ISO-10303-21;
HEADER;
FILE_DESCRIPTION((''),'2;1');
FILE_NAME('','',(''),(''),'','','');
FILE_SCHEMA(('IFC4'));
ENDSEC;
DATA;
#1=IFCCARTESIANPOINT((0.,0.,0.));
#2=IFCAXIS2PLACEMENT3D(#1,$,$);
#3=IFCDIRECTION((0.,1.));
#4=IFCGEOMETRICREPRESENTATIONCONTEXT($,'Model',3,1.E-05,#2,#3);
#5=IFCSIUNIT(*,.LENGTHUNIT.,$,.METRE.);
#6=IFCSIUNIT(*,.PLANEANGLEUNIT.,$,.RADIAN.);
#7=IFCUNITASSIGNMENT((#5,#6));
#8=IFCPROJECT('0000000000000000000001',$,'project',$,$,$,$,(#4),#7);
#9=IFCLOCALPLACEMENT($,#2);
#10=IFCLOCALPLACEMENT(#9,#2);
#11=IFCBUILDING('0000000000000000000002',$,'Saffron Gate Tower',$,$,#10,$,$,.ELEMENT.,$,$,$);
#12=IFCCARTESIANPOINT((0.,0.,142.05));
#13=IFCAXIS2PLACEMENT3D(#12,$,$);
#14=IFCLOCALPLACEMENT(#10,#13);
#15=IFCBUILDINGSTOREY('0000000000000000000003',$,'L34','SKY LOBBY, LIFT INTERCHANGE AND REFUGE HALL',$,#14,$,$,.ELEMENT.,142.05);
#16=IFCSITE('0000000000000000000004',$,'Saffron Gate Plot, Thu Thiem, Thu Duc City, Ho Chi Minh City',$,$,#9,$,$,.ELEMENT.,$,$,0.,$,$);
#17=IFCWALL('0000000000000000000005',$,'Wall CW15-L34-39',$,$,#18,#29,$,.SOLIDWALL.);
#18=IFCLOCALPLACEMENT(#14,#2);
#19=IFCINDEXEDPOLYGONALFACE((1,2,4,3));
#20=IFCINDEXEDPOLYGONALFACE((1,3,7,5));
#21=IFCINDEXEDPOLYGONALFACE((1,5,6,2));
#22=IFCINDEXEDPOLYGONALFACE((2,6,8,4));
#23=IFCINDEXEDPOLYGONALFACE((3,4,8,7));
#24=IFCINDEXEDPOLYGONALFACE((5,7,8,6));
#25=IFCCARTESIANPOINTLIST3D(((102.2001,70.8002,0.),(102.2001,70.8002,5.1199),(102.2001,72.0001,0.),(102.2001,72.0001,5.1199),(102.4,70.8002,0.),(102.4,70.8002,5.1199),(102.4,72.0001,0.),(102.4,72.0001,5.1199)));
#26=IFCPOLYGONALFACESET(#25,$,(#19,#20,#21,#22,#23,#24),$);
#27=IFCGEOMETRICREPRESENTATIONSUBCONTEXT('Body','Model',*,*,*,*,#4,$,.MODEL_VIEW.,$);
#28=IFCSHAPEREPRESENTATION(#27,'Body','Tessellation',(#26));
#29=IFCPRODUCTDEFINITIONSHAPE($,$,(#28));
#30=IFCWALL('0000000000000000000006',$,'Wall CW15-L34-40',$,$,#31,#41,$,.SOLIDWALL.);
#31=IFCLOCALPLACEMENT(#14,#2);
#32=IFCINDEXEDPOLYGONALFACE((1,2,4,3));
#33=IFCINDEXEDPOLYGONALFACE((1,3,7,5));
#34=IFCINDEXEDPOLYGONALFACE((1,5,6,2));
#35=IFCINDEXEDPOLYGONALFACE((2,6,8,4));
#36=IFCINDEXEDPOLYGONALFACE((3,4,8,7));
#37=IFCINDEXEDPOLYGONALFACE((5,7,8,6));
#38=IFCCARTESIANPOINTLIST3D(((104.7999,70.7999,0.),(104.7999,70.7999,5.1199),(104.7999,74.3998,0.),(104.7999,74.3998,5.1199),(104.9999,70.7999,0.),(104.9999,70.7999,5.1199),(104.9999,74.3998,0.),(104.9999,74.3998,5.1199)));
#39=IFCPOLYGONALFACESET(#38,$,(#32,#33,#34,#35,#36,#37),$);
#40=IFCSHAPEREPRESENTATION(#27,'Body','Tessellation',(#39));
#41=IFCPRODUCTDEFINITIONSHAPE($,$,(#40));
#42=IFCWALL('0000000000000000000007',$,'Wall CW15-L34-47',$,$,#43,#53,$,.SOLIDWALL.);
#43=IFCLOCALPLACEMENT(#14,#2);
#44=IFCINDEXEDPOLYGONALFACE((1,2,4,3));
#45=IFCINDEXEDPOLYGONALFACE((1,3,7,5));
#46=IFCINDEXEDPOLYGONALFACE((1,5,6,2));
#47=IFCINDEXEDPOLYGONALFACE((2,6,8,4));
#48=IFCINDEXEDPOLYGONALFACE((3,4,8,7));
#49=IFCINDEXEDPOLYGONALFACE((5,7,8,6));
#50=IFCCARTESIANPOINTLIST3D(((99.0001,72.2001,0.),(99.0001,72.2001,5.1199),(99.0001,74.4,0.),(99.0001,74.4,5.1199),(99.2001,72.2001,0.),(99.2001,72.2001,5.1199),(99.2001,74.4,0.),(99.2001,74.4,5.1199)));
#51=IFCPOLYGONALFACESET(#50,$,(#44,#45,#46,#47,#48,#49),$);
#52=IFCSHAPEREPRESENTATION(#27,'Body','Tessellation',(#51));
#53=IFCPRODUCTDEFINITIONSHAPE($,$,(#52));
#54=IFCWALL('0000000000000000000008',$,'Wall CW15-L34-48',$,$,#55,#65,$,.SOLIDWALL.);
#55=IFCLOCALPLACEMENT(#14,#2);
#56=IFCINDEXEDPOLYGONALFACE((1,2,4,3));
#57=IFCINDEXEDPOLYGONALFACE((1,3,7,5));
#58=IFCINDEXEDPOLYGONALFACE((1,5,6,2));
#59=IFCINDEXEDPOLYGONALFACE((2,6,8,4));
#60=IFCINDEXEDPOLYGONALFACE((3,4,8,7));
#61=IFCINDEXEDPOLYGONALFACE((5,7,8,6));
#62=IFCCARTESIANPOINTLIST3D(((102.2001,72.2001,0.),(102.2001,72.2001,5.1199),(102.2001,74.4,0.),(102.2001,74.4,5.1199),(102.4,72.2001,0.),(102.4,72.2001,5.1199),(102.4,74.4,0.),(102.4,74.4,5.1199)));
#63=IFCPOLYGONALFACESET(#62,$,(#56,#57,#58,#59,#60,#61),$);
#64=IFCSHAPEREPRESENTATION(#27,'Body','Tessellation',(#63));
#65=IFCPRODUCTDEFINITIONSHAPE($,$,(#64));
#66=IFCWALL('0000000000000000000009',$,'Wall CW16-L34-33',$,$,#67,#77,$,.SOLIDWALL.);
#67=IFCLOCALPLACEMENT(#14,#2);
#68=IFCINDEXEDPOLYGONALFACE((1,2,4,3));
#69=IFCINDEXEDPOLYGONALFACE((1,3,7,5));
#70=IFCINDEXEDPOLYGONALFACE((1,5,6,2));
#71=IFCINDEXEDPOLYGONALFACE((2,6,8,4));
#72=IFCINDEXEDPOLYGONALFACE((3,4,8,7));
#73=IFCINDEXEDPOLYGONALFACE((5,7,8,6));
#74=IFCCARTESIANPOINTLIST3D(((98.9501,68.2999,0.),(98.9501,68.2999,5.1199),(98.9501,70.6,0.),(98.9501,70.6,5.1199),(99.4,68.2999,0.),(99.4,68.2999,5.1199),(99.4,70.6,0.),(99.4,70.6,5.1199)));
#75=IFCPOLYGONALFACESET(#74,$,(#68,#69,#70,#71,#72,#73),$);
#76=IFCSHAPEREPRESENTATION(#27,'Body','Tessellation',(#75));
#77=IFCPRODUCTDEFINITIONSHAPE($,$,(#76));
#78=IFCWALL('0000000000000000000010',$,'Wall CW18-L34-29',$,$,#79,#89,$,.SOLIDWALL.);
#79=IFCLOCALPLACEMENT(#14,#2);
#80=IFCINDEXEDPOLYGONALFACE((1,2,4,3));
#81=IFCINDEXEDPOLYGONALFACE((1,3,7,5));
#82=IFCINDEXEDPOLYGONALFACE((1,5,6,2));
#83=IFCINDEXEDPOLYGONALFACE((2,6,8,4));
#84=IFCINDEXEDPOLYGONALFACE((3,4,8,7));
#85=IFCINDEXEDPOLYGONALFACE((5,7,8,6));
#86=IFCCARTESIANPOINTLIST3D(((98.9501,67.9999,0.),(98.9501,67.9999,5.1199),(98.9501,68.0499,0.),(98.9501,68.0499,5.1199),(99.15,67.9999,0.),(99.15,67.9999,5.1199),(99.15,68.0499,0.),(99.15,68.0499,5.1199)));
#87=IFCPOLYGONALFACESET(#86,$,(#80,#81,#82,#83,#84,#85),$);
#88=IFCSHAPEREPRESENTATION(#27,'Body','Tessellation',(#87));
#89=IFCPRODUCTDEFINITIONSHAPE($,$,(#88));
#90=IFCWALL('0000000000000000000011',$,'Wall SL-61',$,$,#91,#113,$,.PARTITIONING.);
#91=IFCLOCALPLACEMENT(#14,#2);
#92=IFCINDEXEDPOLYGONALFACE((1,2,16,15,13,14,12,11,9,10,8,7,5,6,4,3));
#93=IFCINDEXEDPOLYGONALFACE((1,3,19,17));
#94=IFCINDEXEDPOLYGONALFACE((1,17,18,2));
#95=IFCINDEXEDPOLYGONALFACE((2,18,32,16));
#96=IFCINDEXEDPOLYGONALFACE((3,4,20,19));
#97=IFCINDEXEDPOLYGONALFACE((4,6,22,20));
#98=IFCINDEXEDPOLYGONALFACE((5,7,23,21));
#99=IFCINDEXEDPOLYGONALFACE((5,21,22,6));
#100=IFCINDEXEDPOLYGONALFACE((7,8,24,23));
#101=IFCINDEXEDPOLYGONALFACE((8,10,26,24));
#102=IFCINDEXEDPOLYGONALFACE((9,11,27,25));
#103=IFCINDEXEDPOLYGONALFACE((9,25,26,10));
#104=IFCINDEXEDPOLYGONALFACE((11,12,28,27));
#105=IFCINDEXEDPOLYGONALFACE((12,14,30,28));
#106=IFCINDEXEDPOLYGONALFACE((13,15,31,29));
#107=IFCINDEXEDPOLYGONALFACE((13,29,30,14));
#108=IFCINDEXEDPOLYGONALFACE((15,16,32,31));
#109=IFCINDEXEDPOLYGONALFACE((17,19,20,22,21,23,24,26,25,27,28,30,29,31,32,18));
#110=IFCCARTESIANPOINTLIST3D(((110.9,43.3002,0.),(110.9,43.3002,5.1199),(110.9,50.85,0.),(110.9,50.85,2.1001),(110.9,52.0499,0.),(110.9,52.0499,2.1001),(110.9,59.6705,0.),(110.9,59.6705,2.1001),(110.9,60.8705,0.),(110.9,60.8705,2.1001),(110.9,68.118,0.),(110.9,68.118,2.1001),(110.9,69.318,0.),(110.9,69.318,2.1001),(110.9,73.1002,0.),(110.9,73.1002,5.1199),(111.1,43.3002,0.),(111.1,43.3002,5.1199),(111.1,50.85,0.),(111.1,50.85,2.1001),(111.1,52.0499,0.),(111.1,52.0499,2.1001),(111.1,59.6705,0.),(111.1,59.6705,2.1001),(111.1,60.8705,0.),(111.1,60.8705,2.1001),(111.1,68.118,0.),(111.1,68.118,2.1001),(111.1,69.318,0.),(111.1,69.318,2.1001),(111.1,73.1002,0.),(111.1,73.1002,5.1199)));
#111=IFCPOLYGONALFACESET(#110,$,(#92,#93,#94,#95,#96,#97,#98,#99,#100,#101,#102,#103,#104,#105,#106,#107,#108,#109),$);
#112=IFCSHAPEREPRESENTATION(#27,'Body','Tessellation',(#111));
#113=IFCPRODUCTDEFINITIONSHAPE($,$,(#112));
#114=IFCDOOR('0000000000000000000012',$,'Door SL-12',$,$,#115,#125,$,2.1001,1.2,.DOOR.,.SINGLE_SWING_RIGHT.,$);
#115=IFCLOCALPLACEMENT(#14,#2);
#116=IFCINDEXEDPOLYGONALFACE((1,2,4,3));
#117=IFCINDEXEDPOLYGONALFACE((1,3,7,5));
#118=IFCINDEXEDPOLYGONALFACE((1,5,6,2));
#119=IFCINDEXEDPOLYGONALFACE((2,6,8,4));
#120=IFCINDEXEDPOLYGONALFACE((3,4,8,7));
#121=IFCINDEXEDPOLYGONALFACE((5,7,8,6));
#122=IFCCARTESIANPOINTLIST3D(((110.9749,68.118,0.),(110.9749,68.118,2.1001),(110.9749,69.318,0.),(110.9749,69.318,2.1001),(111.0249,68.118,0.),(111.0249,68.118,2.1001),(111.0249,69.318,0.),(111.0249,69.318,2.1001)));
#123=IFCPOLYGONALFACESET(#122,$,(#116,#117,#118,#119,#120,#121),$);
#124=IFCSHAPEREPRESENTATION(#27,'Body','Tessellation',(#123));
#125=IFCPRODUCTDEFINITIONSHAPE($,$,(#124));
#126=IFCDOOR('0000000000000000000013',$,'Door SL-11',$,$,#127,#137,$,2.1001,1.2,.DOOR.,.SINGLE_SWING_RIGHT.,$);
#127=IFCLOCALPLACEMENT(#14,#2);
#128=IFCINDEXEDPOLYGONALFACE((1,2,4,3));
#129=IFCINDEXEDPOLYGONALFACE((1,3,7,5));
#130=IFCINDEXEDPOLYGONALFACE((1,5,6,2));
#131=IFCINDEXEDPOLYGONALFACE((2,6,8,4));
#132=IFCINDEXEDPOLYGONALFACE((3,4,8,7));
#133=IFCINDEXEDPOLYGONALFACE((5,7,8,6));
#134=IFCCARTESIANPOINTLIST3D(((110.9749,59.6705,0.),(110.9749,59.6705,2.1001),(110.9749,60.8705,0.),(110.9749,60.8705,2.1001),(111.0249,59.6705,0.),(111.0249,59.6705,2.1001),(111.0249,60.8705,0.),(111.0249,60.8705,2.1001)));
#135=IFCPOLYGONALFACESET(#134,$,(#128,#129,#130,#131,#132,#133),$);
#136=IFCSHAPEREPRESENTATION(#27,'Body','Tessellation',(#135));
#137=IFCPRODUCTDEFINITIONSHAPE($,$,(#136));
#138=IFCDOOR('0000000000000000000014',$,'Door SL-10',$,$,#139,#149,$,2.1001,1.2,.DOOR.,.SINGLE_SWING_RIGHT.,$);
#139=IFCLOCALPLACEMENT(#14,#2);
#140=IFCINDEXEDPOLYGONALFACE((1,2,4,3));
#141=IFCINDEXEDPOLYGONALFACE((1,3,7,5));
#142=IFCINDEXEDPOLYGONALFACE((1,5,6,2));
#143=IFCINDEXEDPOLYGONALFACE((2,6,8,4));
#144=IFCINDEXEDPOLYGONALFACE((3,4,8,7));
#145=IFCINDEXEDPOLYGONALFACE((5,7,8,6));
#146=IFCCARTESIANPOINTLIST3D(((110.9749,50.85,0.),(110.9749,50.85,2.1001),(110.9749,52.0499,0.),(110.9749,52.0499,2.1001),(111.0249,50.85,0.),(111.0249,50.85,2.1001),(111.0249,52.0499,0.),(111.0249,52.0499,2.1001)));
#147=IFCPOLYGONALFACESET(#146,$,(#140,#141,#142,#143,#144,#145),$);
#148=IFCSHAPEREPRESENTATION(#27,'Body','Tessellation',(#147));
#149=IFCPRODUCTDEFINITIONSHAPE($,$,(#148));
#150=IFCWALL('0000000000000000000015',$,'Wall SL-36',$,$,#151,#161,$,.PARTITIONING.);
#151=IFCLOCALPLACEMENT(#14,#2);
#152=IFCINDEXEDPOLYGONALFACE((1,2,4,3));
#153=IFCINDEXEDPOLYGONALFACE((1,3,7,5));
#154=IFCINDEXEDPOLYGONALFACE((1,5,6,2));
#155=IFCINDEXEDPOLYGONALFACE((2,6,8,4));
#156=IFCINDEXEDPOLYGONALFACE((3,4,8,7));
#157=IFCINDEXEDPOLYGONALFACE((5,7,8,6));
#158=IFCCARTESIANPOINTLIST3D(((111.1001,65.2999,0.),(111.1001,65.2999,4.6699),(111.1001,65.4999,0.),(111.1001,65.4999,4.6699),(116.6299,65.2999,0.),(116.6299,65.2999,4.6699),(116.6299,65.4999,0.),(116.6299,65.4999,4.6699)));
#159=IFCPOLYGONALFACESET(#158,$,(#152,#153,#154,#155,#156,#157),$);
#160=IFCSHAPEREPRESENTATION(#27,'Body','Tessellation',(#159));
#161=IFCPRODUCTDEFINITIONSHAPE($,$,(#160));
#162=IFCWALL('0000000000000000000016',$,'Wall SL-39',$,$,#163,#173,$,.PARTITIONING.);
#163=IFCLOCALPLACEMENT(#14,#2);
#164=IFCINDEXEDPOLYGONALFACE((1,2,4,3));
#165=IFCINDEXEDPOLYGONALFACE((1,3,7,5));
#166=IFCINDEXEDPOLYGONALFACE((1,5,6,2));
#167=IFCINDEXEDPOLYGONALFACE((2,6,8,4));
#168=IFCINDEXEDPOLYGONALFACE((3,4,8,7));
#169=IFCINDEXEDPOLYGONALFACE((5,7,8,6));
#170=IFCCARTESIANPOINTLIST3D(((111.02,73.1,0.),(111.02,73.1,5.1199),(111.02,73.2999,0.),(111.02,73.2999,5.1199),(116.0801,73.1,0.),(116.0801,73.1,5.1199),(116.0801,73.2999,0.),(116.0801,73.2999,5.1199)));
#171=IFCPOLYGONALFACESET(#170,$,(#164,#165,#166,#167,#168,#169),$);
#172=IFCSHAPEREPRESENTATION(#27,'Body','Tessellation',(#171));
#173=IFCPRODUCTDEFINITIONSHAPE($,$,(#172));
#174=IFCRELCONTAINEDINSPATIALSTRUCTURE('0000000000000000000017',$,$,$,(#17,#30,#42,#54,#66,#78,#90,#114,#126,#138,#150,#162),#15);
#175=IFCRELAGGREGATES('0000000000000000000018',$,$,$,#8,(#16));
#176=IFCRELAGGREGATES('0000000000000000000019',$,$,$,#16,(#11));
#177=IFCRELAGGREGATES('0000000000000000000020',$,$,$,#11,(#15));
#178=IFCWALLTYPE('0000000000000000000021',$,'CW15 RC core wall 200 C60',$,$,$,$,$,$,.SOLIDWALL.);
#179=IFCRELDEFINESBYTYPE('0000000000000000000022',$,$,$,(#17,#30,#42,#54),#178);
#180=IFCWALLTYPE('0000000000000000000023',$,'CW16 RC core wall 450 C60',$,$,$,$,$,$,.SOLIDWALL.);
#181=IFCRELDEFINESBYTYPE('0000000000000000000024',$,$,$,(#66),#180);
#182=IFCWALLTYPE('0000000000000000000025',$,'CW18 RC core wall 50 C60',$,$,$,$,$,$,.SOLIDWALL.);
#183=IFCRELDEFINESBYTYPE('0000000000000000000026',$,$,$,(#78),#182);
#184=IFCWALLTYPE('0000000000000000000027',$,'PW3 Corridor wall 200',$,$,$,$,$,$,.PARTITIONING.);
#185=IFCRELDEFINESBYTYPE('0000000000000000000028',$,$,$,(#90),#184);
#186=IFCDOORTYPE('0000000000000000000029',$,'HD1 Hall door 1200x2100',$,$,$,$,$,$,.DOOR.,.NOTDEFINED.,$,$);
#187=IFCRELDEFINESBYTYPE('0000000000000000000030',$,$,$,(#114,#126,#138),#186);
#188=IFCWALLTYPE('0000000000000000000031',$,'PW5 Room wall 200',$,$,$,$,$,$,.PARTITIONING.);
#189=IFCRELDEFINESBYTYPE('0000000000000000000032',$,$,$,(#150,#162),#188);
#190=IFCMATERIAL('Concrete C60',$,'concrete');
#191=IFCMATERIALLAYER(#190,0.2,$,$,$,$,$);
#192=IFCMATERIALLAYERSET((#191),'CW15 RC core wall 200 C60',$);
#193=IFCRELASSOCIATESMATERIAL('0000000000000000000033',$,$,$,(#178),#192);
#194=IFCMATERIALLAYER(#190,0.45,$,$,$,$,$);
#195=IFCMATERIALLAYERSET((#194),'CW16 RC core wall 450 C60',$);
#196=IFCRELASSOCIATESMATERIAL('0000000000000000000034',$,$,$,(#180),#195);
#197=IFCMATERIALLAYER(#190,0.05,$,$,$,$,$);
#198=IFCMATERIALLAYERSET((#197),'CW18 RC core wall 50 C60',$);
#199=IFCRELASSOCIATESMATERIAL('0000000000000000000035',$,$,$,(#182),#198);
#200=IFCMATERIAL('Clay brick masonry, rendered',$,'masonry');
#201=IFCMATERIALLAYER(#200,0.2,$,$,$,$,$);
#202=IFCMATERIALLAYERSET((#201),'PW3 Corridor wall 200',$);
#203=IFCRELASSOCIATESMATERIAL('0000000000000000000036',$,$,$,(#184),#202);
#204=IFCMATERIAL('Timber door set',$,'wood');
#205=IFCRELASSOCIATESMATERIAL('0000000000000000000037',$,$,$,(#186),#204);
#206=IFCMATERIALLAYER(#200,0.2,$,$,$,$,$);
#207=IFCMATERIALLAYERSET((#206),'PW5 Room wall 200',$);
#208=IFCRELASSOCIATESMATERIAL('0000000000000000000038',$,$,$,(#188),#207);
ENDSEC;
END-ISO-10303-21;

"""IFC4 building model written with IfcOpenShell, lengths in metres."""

from ifc_helpers import new_model, si_unit, direction, frame, frame_2d, origin, place, context, subcontext, project, spatial, rectangle, extrude, material, layer, layer_set, type_object, element, fill, save


model = new_model("IFC4")

# Units and contexts
model_context = context("Model", 3, precision=1e-05, world=origin(), true_north=direction((0.0, 1.0)))
body_context = subcontext(model_context, "Body", "Model", "MODEL_VIEW")
ifc_project = project(units=[si_unit("LENGTHUNIT", "METRE"), si_unit("PLANEANGLEUNIT", "RADIAN")], contexts=[model_context])

# Site, building, storey
site_placement = place(None, origin())
site = spatial("IfcSite", under=ifc_project, at=site_placement, Name="Saffron Gate Plot, Thu Thiem, Thu Duc City, Ho Chi Minh City", CompositionType="ELEMENT", RefElevation=0.0)
building_placement = place(site_placement, origin())
building = spatial("IfcBuilding", under=site, at=building_placement, Name="Saffron Gate Tower", CompositionType="ELEMENT")
storey_placement = place(building_placement, frame((0.0, 0.0, 142.05)))
storey = spatial("IfcBuildingStorey", under=building, at=storey_placement, Name="L34", Description="SKY LOBBY, LIFT INTERCHANGE AND REFUGE HALL", CompositionType="ELEMENT", Elevation=142.05)

# Shared definitions
ifc_material_1 = material(Name="Concrete C60", Category="concrete")

# Walls
ifc_layer_1 = layer(ifc_material_1, 0.2)
ifc_layer_set_1 = layer_set([ifc_layer_1], Name="CW15 RC core wall 200 C60")
wall_type_1 = type_object("IfcWallType", Name="CW15 RC core wall 200 C60", PredefinedType="SOLIDWALL", material=ifc_layer_set_1)
wall_1_placement = place(storey_placement, frame((102.3, 70.8, 0.0), z_axis=(0.0, 0.0, 1.0), x_axis=(0.0, 1.0, 0.0)))
element("IfcWall", 1, at=wall_1_placement, inside=storey, type_object=wall_type_1, Name="Wall CW15-L34-39", PredefinedType="SOLIDWALL", context=body_context, shape_type="SweptSolid", body=[
    extrude(rectangle(XDim=1.2, YDim=0.2, at=frame_2d((0.6001, 0.0))), origin(), (0.0, 0.0, 1.0), 5.1199),
])
wall_2_placement = place(storey_placement, frame((104.8999, 70.8, 0.0), z_axis=(0.0, 0.0, 1.0), x_axis=(0.0, 1.0, 0.0)))
element("IfcWall", 2, at=wall_2_placement, inside=storey, type_object=wall_type_1, Name="Wall CW15-L34-40", PredefinedType="SOLIDWALL", context=body_context, shape_type="SweptSolid", body=[
    extrude(rectangle(XDim=3.5999, YDim=0.2, at=frame_2d((1.7998, 0.0))), origin(), (0.0, 0.0, 1.0), 5.1199),
])
for number, where, z_axis, x_axis, name in (
    (3, (99.1001, 72.2, 0.0), (0.0, 0.0, 1.0), (0.0, 1.0, 0.0), "Wall CW15-L34-47"),
    (4, (102.3, 72.2, 0.0), (0.0, 0.0, 1.0), (0.0, 1.0, 0.0), "Wall CW15-L34-48"),
):
    element("IfcWall", number, at=place(storey_placement, frame(where, z_axis=z_axis, x_axis=x_axis)), inside=storey, type_object=wall_type_1, Name=name, PredefinedType="SOLIDWALL", context=body_context, shape_type="SweptSolid", body=[
        extrude(rectangle(XDim=2.2, YDim=0.2, at=frame_2d((1.1001, 0.0))), origin(), (0.0, 0.0, 1.0), 5.1199),
    ])
ifc_layer_2 = layer(ifc_material_1, 0.45)
ifc_layer_set_2 = layer_set([ifc_layer_2], Name="CW16 RC core wall 450 C60")
wall_type_2 = type_object("IfcWallType", Name="CW16 RC core wall 450 C60", PredefinedType="SOLIDWALL", material=ifc_layer_set_2)
wall_3_placement = place(storey_placement, frame((99.175, 68.3, 0.0), z_axis=(0.0, 0.0, 1.0), x_axis=(0.0, 1.0, 0.0)))
element("IfcWall", 5, at=wall_3_placement, inside=storey, type_object=wall_type_2, Name="Wall CW16-L34-33", PredefinedType="SOLIDWALL", context=body_context, shape_type="SweptSolid", body=[
    extrude(rectangle(XDim=2.3, YDim=0.45, at=frame_2d((1.1499, 0.0))), origin(), (0.0, 0.0, 1.0), 5.1199),
])
ifc_layer_3 = layer(ifc_material_1, 0.05)
ifc_layer_set_3 = layer_set([ifc_layer_3], Name="CW18 RC core wall 50 C60")
wall_type_3 = type_object("IfcWallType", Name="CW18 RC core wall 50 C60", PredefinedType="SOLIDWALL", material=ifc_layer_set_3)
wall_4_placement = place(storey_placement, frame((98.95, 68.0249, 0.0), z_axis=(0.0, 0.0, 1.0), x_axis=(1.0, 0.0, 0.0)))
element("IfcWall", 6, at=wall_4_placement, inside=storey, type_object=wall_type_3, Name="Wall CW18-L34-29", PredefinedType="SOLIDWALL", context=body_context, shape_type="SweptSolid", body=[
    extrude(rectangle(XDim=0.2, YDim=0.05, at=frame_2d((0.1001, 0.0))), origin(), (0.0, 0.0, 1.0), 5.1199),
])

# Wall, openings, doors
ifc_material_2 = material(Name="Clay brick masonry, rendered", Category="masonry")
ifc_layer_4 = layer(ifc_material_2, 0.2)
ifc_layer_set_4 = layer_set([ifc_layer_4], Name="PW3 Corridor wall 200")
wall_type_4 = type_object("IfcWallType", Name="PW3 Corridor wall 200", PredefinedType="PARTITIONING", material=ifc_layer_set_4)
wall_5_placement = place(storey_placement, frame((111.0, 73.1001, 0.0), z_axis=(0.0, 0.0, 1.0), x_axis=(0.0, -1.0, 0.0)))
wall_5 = element("IfcWall", 7, at=wall_5_placement, inside=storey, type_object=wall_type_4, Name="Wall SL-61", PredefinedType="PARTITIONING", context=body_context, shape_type="SweptSolid", body=[
    extrude(rectangle(XDim=29.8, YDim=0.2, at=frame_2d((14.8999, 0.0))), origin(), (0.0, 0.0, 1.0), 5.1199),
])
opening_1_placement = place(wall_5_placement, frame((3.782, 0.0, 0.0)))
opening_1 = element("IfcOpeningElement", 8, at=opening_1_placement, cuts=wall_5, PredefinedType="OPENING", context=body_context, shape_type="SweptSolid", body=[
    extrude(rectangle(XDim=1.2, YDim=2.1001, at=frame_2d((0.6001, 1.05))), frame((0.0, 0.1099, 0.0), z_axis=(0.0, -1.0, 0.0), x_axis=(1.0, 0.0, 0.0)), (0.0, 0.0, 1.0), 0.22),
])
opening_2_placement = place(wall_5_placement, frame((12.2295, 0.0, 0.0)))
opening_2 = element("IfcOpeningElement", 9, at=opening_2_placement, cuts=wall_5, PredefinedType="OPENING", context=body_context, shape_type="SweptSolid", body=[
    extrude(rectangle(XDim=1.2, YDim=2.1001, at=frame_2d((0.6001, 1.05))), frame((0.0, 0.1099, 0.0), z_axis=(0.0, -1.0, 0.0), x_axis=(1.0, 0.0, 0.0)), (0.0, 0.0, 1.0), 0.22),
])
opening_3_placement = place(wall_5_placement, frame((21.05, 0.0, 0.0)))
opening_3 = element("IfcOpeningElement", 10, at=opening_3_placement, cuts=wall_5, PredefinedType="OPENING", context=body_context, shape_type="SweptSolid", body=[
    extrude(rectangle(XDim=1.2, YDim=2.1001, at=frame_2d((0.6001, 1.05))), frame((0.0, 0.1099, 0.0), z_axis=(0.0, -1.0, 0.0), x_axis=(1.0, 0.0, 0.0)), (0.0, 0.0, 1.0), 0.22),
])
ifc_material_3 = material(Name="Timber door set", Category="wood")
door_type_1 = type_object("IfcDoorType", Name="HD1 Hall door 1200x2100", OperationType="NOTDEFINED", PredefinedType="DOOR", material=ifc_material_3)
door_1_placement = place(opening_1_placement, origin())
door_1 = element("IfcDoor", 11, at=door_1_placement, inside=storey, type_object=door_type_1, Name="Door SL-12", OperationType="SINGLE_SWING_RIGHT", OverallHeight=2.1001, OverallWidth=1.2, PredefinedType="DOOR", context=body_context, shape_type="SweptSolid", body=[
    extrude(rectangle(XDim=1.2, YDim=2.1001, at=frame_2d((0.6001, 1.05))), frame((0.0, 0.0249, 0.0), z_axis=(0.0, -1.0, 0.0), x_axis=(1.0, 0.0, 0.0)), (0.0, 0.0, 1.0), 0.05),
])
fill(opening_1, door_1)
door_2_placement = place(opening_2_placement, origin())
door_2 = element("IfcDoor", 12, at=door_2_placement, inside=storey, type_object=door_type_1, Name="Door SL-11", OperationType="SINGLE_SWING_RIGHT", OverallHeight=2.1001, OverallWidth=1.2, PredefinedType="DOOR", context=body_context, shape_type="SweptSolid", body=[
    extrude(rectangle(XDim=1.2, YDim=2.1001, at=frame_2d((0.6001, 1.05))), frame((0.0, 0.0249, 0.0), z_axis=(0.0, -1.0, 0.0), x_axis=(1.0, 0.0, 0.0)), (0.0, 0.0, 1.0), 0.05),
])
fill(opening_2, door_2)
door_3_placement = place(opening_3_placement, origin())
door_3 = element("IfcDoor", 13, at=door_3_placement, inside=storey, type_object=door_type_1, Name="Door SL-10", OperationType="SINGLE_SWING_RIGHT", OverallHeight=2.1001, OverallWidth=1.2, PredefinedType="DOOR", context=body_context, shape_type="SweptSolid", body=[
    extrude(rectangle(XDim=1.2, YDim=2.1001, at=frame_2d((0.6001, 1.05))), frame((0.0, 0.0249, 0.0), z_axis=(0.0, -1.0, 0.0), x_axis=(1.0, 0.0, 0.0)), (0.0, 0.0, 1.0), 0.05),
])
fill(opening_3, door_3)

# Walls
ifc_layer_5 = layer(ifc_material_2, 0.2)
ifc_layer_set_5 = layer_set([ifc_layer_5], Name="PW5 Room wall 200")
wall_type_5 = type_object("IfcWallType", Name="PW5 Room wall 200", PredefinedType="PARTITIONING", material=ifc_layer_set_5)
wall_6_placement = place(storey_placement, frame((111.1001, 65.3999, 0.0), z_axis=(0.0, 0.0, 1.0), x_axis=(1.0, 0.0, 0.0)))
element("IfcWall", 14, at=wall_6_placement, inside=storey, type_object=wall_type_5, Name="Wall SL-36", PredefinedType="PARTITIONING", context=body_context, shape_type="SweptSolid", body=[
    extrude(rectangle(XDim=5.5298, YDim=0.2, at=frame_2d((2.7649, 0.0))), origin(), (0.0, 0.0, 1.0), 4.6699),
])
wall_7_placement = place(storey_placement, frame((111.02, 73.2, 0.0), z_axis=(0.0, 0.0, 1.0), x_axis=(1.0, 0.0, 0.0)))
element("IfcWall", 15, at=wall_7_placement, inside=storey, type_object=wall_type_5, Name="Wall SL-39", PredefinedType="PARTITIONING", context=body_context, shape_type="SweptSolid", body=[
    extrude(rectangle(XDim=5.0601, YDim=0.2, at=frame_2d((2.53, 0.0))), origin(), (0.0, 0.0, 1.0), 5.1199),
])

save(model, "model.ifc")
